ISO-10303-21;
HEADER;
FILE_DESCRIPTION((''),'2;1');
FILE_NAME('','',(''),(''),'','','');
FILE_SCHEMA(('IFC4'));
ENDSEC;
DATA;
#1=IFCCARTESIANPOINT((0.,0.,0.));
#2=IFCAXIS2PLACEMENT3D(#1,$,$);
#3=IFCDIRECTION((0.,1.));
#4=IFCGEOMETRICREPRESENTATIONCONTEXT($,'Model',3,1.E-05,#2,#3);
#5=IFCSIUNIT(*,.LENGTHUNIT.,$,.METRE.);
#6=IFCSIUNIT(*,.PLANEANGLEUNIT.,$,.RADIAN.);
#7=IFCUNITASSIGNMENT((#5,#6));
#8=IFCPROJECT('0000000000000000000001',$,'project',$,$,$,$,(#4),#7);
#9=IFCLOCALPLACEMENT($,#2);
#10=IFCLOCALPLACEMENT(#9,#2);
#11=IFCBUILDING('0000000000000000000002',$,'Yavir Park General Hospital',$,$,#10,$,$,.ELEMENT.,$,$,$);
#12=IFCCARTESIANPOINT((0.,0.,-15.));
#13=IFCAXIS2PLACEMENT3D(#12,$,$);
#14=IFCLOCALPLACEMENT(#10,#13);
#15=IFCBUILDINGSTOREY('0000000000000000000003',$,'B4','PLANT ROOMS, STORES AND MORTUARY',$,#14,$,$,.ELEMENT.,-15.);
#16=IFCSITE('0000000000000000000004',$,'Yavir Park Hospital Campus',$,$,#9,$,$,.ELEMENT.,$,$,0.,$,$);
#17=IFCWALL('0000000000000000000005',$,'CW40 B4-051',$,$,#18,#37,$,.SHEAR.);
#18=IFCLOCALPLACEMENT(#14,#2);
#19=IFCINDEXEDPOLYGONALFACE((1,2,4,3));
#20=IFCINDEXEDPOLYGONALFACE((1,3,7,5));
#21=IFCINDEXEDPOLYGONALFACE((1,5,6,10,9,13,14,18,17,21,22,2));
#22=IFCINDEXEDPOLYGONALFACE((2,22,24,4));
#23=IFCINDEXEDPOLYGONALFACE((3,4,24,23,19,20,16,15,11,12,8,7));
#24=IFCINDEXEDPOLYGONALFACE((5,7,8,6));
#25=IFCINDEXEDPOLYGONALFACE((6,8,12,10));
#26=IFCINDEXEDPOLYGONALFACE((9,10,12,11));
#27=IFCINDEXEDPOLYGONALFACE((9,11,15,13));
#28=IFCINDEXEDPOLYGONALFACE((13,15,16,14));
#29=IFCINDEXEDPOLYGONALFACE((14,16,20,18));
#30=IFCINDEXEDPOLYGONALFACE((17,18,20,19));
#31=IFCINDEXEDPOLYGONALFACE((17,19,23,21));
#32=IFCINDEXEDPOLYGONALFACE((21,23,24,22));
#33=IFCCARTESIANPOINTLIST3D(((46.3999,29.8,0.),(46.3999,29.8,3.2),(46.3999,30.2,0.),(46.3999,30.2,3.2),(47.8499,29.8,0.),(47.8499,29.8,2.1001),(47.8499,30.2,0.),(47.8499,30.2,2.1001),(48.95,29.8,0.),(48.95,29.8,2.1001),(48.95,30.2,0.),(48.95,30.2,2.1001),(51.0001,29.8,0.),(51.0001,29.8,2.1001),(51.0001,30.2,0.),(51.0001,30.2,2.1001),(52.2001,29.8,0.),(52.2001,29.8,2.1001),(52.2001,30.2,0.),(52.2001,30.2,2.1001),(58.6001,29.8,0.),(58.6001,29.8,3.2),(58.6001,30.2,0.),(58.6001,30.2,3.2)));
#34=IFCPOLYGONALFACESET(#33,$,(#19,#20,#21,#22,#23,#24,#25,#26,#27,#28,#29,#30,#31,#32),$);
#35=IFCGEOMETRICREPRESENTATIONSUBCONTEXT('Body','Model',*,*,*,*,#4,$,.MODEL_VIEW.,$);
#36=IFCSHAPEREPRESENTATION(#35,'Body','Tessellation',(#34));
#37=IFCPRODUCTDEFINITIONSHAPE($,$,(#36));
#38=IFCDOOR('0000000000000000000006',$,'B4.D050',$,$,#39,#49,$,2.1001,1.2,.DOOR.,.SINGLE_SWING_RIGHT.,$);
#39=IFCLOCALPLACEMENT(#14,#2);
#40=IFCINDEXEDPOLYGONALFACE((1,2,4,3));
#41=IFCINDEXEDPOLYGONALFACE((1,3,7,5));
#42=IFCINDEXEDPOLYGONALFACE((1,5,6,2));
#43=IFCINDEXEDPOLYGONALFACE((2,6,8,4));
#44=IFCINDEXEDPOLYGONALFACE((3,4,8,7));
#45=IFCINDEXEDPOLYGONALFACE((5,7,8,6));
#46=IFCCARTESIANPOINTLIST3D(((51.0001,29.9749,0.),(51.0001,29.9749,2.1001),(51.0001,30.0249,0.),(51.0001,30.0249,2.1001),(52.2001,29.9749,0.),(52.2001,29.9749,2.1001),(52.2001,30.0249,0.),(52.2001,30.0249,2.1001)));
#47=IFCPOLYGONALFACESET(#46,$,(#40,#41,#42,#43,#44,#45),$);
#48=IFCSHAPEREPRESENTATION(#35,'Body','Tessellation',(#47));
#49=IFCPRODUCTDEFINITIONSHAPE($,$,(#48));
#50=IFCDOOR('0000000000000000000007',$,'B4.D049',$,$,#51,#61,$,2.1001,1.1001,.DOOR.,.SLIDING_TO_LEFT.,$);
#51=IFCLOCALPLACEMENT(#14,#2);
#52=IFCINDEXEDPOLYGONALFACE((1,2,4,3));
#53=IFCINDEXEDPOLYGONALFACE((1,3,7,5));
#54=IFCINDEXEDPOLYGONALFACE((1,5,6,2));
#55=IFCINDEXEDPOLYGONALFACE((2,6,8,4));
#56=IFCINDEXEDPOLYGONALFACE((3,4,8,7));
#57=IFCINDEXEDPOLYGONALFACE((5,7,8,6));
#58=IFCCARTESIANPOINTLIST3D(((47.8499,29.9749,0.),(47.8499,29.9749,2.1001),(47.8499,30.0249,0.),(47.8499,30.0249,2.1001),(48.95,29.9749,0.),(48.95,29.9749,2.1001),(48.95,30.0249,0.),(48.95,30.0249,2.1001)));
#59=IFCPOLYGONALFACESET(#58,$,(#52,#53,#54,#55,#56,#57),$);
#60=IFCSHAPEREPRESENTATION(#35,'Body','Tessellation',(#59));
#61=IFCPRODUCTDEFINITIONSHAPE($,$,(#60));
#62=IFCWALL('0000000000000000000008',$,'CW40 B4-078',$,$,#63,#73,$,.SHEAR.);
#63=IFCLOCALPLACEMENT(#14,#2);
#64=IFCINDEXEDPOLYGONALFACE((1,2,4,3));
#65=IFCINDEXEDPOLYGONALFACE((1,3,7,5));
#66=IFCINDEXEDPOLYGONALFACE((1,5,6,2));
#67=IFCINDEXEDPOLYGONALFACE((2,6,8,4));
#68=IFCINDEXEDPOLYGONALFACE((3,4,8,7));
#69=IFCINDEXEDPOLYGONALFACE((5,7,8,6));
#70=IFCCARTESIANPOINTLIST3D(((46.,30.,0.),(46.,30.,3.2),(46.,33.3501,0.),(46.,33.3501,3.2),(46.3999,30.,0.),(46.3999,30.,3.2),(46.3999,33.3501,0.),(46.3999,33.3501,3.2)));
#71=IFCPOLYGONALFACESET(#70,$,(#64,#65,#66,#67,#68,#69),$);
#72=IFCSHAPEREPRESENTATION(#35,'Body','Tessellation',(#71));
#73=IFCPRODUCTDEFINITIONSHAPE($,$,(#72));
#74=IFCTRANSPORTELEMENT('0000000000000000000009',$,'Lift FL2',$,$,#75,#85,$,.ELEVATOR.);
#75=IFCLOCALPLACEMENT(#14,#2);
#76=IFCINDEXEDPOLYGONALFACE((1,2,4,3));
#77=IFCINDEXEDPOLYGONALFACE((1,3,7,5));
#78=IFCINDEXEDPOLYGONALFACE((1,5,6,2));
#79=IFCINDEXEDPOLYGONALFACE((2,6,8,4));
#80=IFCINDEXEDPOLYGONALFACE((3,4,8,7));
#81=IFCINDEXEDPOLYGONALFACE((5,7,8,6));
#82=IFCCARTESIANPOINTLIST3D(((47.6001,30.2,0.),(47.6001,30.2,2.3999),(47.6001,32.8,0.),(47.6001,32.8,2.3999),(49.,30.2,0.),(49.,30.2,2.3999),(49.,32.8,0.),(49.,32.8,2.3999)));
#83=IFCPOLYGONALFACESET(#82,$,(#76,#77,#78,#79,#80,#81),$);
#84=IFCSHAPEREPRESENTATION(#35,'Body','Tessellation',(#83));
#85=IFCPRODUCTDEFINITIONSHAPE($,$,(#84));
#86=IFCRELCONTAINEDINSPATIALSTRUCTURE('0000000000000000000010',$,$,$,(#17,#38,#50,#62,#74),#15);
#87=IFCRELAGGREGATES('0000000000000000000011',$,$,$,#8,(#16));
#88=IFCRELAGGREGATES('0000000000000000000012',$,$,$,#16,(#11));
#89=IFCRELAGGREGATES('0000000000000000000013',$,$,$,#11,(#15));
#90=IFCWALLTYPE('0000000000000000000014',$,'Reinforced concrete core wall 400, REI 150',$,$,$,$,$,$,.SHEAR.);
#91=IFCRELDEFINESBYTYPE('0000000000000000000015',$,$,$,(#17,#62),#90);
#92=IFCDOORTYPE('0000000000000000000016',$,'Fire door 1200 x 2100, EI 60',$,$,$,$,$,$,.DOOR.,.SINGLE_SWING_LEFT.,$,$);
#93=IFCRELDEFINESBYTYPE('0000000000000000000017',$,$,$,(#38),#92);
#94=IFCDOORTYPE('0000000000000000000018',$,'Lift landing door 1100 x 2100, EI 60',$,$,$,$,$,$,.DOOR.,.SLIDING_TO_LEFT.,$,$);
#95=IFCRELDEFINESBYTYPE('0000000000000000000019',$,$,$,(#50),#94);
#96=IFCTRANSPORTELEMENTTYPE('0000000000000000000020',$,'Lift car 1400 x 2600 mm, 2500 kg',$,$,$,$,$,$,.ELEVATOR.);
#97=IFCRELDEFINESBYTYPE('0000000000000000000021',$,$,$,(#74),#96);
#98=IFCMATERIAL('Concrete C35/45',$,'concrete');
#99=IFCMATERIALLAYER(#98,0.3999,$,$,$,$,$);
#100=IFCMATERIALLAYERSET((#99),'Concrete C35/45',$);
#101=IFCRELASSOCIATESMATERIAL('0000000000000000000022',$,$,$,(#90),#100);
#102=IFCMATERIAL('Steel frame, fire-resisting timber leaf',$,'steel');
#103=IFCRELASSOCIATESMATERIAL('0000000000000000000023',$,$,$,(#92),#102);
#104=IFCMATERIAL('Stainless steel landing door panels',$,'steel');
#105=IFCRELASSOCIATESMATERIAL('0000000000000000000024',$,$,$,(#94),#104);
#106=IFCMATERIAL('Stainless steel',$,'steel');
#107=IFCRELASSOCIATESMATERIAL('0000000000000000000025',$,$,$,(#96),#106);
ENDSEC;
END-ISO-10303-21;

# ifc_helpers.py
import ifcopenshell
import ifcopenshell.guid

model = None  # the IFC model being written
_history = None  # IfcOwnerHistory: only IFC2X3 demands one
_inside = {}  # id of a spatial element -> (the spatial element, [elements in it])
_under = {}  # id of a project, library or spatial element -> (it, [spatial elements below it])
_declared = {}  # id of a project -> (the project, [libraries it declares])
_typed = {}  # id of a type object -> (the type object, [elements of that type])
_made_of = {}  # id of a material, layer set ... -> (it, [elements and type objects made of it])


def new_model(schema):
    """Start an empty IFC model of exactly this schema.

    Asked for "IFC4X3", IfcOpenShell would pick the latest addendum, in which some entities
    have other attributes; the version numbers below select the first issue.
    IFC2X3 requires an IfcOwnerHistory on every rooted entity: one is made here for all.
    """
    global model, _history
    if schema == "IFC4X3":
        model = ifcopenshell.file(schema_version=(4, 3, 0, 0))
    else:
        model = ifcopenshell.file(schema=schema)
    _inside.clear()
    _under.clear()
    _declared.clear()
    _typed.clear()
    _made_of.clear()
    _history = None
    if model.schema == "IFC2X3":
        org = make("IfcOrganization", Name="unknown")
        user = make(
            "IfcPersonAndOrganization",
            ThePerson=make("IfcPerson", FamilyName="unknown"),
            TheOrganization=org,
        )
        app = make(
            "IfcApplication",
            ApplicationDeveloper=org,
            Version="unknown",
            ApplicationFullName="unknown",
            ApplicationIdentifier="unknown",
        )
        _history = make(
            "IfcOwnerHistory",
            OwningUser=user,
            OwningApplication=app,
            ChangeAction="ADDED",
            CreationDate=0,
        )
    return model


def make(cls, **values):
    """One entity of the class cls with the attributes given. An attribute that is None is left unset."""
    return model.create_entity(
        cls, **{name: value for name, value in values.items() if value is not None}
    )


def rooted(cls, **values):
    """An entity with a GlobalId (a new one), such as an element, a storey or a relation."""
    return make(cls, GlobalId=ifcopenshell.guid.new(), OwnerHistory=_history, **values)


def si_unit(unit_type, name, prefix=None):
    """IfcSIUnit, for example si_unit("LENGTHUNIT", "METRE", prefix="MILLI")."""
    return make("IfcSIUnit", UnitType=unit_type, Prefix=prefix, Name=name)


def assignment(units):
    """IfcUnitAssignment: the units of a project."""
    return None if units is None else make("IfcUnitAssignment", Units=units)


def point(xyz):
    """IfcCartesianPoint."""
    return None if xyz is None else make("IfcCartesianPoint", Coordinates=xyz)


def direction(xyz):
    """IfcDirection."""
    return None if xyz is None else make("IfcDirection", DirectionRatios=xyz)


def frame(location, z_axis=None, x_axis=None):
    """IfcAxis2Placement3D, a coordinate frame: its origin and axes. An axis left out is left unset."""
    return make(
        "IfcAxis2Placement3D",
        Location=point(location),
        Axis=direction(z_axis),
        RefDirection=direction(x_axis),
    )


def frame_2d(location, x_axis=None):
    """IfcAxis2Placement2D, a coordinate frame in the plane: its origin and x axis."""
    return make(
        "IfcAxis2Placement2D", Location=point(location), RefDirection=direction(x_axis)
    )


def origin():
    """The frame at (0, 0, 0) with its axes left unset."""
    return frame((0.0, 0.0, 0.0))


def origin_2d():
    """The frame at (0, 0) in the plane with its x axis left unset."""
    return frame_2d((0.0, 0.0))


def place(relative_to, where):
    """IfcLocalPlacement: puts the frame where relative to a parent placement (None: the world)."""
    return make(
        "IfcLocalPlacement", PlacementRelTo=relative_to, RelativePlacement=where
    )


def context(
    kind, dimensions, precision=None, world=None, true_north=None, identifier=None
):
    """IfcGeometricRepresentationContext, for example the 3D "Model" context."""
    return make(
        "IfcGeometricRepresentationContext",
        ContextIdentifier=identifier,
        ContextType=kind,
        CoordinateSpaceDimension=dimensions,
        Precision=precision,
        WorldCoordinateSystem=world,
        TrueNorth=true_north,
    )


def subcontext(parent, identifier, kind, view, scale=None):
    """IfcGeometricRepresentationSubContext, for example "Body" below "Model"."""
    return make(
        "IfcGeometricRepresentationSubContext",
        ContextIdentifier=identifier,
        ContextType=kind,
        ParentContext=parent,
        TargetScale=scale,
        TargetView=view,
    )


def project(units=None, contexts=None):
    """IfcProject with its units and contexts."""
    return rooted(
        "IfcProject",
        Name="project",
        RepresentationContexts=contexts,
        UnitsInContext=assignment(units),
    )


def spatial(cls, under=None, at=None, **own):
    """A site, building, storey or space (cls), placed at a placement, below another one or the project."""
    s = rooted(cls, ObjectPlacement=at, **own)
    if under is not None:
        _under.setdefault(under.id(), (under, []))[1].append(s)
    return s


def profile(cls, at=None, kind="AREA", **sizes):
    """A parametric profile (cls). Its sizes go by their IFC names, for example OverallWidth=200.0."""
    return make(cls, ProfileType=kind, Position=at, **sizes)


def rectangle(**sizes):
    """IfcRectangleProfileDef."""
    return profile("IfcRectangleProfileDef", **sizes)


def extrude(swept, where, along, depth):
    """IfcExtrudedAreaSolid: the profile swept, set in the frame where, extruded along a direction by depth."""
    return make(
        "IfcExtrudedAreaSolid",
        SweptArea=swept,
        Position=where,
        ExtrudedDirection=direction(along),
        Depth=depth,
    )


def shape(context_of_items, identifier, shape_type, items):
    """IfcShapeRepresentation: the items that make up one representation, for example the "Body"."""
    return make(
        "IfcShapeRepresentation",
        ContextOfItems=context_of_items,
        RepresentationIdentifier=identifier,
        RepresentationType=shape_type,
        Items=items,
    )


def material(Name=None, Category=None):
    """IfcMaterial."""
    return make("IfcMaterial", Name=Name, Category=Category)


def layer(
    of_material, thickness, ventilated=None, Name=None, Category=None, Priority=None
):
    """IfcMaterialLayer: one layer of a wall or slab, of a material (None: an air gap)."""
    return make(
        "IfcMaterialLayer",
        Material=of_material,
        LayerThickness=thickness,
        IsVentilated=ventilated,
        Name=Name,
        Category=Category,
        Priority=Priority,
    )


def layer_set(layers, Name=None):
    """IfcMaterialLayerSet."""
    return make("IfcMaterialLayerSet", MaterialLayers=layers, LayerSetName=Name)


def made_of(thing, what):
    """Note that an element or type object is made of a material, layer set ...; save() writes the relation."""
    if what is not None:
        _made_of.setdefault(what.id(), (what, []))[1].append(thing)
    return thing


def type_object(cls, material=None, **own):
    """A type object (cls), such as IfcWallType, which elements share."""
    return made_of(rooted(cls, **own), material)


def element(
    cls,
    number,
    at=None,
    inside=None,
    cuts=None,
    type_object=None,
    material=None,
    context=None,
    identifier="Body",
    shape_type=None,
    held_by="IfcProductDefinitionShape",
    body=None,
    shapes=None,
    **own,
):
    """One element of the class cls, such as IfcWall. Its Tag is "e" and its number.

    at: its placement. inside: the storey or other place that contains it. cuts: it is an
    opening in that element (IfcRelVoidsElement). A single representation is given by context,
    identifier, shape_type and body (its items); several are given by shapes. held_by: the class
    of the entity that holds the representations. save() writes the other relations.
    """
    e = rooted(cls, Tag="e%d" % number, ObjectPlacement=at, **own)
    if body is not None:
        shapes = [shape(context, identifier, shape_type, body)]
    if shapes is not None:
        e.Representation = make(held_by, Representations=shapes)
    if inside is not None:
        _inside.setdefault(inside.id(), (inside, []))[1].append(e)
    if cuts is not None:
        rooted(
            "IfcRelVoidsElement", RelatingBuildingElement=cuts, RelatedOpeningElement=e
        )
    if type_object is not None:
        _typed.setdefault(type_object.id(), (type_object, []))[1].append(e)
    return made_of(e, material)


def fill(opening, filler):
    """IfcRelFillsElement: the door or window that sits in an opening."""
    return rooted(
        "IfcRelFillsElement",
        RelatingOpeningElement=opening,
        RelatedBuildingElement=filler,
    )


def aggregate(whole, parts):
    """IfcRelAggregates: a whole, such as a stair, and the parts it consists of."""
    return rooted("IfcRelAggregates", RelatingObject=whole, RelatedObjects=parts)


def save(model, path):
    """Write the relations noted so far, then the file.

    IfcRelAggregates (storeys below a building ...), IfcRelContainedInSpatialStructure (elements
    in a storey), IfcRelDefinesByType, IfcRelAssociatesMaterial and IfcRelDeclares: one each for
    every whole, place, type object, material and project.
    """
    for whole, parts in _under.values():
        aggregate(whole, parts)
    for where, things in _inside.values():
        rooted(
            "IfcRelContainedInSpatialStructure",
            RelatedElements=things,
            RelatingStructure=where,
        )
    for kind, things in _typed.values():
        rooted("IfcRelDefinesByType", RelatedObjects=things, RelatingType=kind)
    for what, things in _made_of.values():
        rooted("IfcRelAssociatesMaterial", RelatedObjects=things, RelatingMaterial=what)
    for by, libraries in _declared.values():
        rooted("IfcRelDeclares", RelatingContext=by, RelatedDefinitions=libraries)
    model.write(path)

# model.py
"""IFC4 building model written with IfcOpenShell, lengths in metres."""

from ifc_helpers import new_model, si_unit, direction, frame, frame_2d, origin, origin_2d, place, context, subcontext, project, spatial, rectangle, extrude, material, layer, layer_set, type_object, element, fill, save


model = new_model("IFC4")

# Units and contexts
model_context = context("Model", 3, precision=1e-05, world=origin(), true_north=direction((0.0, 1.0)))
body_context = subcontext(model_context, "Body", "Model", "MODEL_VIEW")
ifc_project = project(units=[si_unit("LENGTHUNIT", "METRE"), si_unit("PLANEANGLEUNIT", "RADIAN")], contexts=[model_context])

# Site, building, storey
site_placement = place(None, origin())
site = spatial("IfcSite", under=ifc_project, at=site_placement, Name="Yavir Park Hospital Campus", CompositionType="ELEMENT", RefElevation=0.0)
building_placement = place(site_placement, origin())
building = spatial("IfcBuilding", under=site, at=building_placement, Name="Yavir Park General Hospital", CompositionType="ELEMENT")
storey_placement = place(building_placement, frame((0.0, 0.0, -15.0)))
storey = spatial("IfcBuildingStorey", under=building, at=storey_placement, Name="B4", Description="PLANT ROOMS, STORES AND MORTUARY", CompositionType="ELEMENT", Elevation=-15.0)

# Wall, openings, doors
ifc_material_1 = material(Name="Concrete C35/45", Category="concrete")
ifc_layer_1 = layer(ifc_material_1, 0.3999)
ifc_layer_set_1 = layer_set([ifc_layer_1], Name="Concrete C35/45")
wall_type_1 = type_object("IfcWallType", Name="Reinforced concrete core wall 400, REI 150", PredefinedType="SHEAR", material=ifc_layer_set_1)
wall_1_placement = place(storey_placement, frame((46.3999, 30.0, 0.0), z_axis=(0.0, 0.0, 1.0), x_axis=(1.0, 0.0, 0.0)))
wall_1 = element("IfcWall", 1, at=wall_1_placement, inside=storey, type_object=wall_type_1, Name="CW40 B4-051", PredefinedType="SHEAR", context=body_context, shape_type="SweptSolid", body=[
    extrude(rectangle(XDim=12.2002, YDim=0.3999, at=frame_2d((6.1001, 0.0))), origin(), (0.0, 0.0, 1.0), 3.2),
])
opening_1_placement = place(wall_1_placement, frame((1.45, 0.0, 0.0)))
opening_1 = element("IfcOpeningElement", 2, at=opening_1_placement, cuts=wall_1, PredefinedType="OPENING", context=body_context, shape_type="SweptSolid", body=[
    extrude(rectangle(XDim=1.1001, YDim=2.1001, at=frame_2d((0.55, 1.05))), frame((0.0, 0.21, 0.0), z_axis=(0.0, -1.0, 0.0), x_axis=(1.0, 0.0, 0.0)), (0.0, 0.0, 1.0), 0.4199),
])
opening_2_placement = place(wall_1_placement, frame((4.6001, 0.0, 0.0)))
opening_2 = element("IfcOpeningElement", 3, at=opening_2_placement, cuts=wall_1, PredefinedType="OPENING", context=body_context, shape_type="SweptSolid", body=[
    extrude(rectangle(XDim=1.2, YDim=2.1001, at=frame_2d((0.6001, 1.05))), frame((0.0, 0.21, 0.0), z_axis=(0.0, -1.0, 0.0), x_axis=(1.0, 0.0, 0.0)), (0.0, 0.0, 1.0), 0.4199),
])
ifc_material_2 = material(Name="Steel frame, fire-resisting timber leaf", Category="steel")
door_type_1 = type_object("IfcDoorType", Name="Fire door 1200 x 2100, EI 60", OperationType="SINGLE_SWING_LEFT", PredefinedType="DOOR", material=ifc_material_2)
door_1_placement = place(opening_2_placement, origin())
door_1 = element("IfcDoor", 4, at=door_1_placement, inside=storey, type_object=door_type_1, Name="B4.D050", OperationType="SINGLE_SWING_RIGHT", OverallHeight=2.1001, OverallWidth=1.2, PredefinedType="DOOR", context=body_context, shape_type="SweptSolid", body=[
    extrude(rectangle(XDim=1.2, YDim=2.1001, at=frame_2d((0.6001, 1.05))), frame((0.0, 0.0249, 0.0), z_axis=(0.0, -1.0, 0.0), x_axis=(1.0, 0.0, 0.0)), (0.0, 0.0, 1.0), 0.05),
])
fill(opening_2, door_1)
ifc_material_3 = material(Name="Stainless steel landing door panels", Category="steel")
door_type_2 = type_object("IfcDoorType", Name="Lift landing door 1100 x 2100, EI 60", OperationType="SLIDING_TO_LEFT", PredefinedType="DOOR", material=ifc_material_3)
door_2_placement = place(opening_1_placement, origin())
door_2 = element("IfcDoor", 5, at=door_2_placement, inside=storey, type_object=door_type_2, Name="B4.D049", OperationType="SLIDING_TO_LEFT", OverallHeight=2.1001, OverallWidth=1.1001, PredefinedType="DOOR", context=body_context, shape_type="SweptSolid", body=[
    extrude(rectangle(XDim=1.1001, YDim=2.1001, at=frame_2d((0.55, 1.05))), frame((0.0, 0.0249, 0.0), z_axis=(0.0, -1.0, 0.0), x_axis=(1.0, 0.0, 0.0)), (0.0, 0.0, 1.0), 0.05),
])
fill(opening_1, door_2)

# Wall
wall_2_placement = place(storey_placement, frame((46.2, 30.0, 0.0), z_axis=(0.0, 0.0, 1.0), x_axis=(0.0, 1.0, 0.0)))
element("IfcWall", 6, at=wall_2_placement, inside=storey, type_object=wall_type_1, Name="CW40 B4-078", PredefinedType="SHEAR", context=body_context, shape_type="SweptSolid", body=[
    extrude(rectangle(XDim=3.3501, YDim=0.3999, at=frame_2d((1.675, 0.0))), origin(), (0.0, 0.0, 1.0), 3.2),
])

# Transport element
ifc_material_4 = material(Name="Stainless steel", Category="steel")
transport_element_type = type_object("IfcTransportElementType", Name="Lift car 1400 x 2600 mm, 2500 kg", PredefinedType="ELEVATOR", material=ifc_material_4)
transport_element_placement = place(storey_placement, frame((48.3, 31.5, 0.0), z_axis=(0.0, 0.0, 1.0), x_axis=(1.0, 0.0, 0.0)))
element("IfcTransportElement", 7, at=transport_element_placement, inside=storey, type_object=transport_element_type, Name="Lift FL2", PredefinedType="ELEVATOR", context=body_context, shape_type="SweptSolid", body=[
    extrude(rectangle(XDim=1.3999, YDim=2.6001, at=origin_2d()), origin(), (0.0, 0.0, 1.0), 2.3999),
])

save(model, "model.ifc")
